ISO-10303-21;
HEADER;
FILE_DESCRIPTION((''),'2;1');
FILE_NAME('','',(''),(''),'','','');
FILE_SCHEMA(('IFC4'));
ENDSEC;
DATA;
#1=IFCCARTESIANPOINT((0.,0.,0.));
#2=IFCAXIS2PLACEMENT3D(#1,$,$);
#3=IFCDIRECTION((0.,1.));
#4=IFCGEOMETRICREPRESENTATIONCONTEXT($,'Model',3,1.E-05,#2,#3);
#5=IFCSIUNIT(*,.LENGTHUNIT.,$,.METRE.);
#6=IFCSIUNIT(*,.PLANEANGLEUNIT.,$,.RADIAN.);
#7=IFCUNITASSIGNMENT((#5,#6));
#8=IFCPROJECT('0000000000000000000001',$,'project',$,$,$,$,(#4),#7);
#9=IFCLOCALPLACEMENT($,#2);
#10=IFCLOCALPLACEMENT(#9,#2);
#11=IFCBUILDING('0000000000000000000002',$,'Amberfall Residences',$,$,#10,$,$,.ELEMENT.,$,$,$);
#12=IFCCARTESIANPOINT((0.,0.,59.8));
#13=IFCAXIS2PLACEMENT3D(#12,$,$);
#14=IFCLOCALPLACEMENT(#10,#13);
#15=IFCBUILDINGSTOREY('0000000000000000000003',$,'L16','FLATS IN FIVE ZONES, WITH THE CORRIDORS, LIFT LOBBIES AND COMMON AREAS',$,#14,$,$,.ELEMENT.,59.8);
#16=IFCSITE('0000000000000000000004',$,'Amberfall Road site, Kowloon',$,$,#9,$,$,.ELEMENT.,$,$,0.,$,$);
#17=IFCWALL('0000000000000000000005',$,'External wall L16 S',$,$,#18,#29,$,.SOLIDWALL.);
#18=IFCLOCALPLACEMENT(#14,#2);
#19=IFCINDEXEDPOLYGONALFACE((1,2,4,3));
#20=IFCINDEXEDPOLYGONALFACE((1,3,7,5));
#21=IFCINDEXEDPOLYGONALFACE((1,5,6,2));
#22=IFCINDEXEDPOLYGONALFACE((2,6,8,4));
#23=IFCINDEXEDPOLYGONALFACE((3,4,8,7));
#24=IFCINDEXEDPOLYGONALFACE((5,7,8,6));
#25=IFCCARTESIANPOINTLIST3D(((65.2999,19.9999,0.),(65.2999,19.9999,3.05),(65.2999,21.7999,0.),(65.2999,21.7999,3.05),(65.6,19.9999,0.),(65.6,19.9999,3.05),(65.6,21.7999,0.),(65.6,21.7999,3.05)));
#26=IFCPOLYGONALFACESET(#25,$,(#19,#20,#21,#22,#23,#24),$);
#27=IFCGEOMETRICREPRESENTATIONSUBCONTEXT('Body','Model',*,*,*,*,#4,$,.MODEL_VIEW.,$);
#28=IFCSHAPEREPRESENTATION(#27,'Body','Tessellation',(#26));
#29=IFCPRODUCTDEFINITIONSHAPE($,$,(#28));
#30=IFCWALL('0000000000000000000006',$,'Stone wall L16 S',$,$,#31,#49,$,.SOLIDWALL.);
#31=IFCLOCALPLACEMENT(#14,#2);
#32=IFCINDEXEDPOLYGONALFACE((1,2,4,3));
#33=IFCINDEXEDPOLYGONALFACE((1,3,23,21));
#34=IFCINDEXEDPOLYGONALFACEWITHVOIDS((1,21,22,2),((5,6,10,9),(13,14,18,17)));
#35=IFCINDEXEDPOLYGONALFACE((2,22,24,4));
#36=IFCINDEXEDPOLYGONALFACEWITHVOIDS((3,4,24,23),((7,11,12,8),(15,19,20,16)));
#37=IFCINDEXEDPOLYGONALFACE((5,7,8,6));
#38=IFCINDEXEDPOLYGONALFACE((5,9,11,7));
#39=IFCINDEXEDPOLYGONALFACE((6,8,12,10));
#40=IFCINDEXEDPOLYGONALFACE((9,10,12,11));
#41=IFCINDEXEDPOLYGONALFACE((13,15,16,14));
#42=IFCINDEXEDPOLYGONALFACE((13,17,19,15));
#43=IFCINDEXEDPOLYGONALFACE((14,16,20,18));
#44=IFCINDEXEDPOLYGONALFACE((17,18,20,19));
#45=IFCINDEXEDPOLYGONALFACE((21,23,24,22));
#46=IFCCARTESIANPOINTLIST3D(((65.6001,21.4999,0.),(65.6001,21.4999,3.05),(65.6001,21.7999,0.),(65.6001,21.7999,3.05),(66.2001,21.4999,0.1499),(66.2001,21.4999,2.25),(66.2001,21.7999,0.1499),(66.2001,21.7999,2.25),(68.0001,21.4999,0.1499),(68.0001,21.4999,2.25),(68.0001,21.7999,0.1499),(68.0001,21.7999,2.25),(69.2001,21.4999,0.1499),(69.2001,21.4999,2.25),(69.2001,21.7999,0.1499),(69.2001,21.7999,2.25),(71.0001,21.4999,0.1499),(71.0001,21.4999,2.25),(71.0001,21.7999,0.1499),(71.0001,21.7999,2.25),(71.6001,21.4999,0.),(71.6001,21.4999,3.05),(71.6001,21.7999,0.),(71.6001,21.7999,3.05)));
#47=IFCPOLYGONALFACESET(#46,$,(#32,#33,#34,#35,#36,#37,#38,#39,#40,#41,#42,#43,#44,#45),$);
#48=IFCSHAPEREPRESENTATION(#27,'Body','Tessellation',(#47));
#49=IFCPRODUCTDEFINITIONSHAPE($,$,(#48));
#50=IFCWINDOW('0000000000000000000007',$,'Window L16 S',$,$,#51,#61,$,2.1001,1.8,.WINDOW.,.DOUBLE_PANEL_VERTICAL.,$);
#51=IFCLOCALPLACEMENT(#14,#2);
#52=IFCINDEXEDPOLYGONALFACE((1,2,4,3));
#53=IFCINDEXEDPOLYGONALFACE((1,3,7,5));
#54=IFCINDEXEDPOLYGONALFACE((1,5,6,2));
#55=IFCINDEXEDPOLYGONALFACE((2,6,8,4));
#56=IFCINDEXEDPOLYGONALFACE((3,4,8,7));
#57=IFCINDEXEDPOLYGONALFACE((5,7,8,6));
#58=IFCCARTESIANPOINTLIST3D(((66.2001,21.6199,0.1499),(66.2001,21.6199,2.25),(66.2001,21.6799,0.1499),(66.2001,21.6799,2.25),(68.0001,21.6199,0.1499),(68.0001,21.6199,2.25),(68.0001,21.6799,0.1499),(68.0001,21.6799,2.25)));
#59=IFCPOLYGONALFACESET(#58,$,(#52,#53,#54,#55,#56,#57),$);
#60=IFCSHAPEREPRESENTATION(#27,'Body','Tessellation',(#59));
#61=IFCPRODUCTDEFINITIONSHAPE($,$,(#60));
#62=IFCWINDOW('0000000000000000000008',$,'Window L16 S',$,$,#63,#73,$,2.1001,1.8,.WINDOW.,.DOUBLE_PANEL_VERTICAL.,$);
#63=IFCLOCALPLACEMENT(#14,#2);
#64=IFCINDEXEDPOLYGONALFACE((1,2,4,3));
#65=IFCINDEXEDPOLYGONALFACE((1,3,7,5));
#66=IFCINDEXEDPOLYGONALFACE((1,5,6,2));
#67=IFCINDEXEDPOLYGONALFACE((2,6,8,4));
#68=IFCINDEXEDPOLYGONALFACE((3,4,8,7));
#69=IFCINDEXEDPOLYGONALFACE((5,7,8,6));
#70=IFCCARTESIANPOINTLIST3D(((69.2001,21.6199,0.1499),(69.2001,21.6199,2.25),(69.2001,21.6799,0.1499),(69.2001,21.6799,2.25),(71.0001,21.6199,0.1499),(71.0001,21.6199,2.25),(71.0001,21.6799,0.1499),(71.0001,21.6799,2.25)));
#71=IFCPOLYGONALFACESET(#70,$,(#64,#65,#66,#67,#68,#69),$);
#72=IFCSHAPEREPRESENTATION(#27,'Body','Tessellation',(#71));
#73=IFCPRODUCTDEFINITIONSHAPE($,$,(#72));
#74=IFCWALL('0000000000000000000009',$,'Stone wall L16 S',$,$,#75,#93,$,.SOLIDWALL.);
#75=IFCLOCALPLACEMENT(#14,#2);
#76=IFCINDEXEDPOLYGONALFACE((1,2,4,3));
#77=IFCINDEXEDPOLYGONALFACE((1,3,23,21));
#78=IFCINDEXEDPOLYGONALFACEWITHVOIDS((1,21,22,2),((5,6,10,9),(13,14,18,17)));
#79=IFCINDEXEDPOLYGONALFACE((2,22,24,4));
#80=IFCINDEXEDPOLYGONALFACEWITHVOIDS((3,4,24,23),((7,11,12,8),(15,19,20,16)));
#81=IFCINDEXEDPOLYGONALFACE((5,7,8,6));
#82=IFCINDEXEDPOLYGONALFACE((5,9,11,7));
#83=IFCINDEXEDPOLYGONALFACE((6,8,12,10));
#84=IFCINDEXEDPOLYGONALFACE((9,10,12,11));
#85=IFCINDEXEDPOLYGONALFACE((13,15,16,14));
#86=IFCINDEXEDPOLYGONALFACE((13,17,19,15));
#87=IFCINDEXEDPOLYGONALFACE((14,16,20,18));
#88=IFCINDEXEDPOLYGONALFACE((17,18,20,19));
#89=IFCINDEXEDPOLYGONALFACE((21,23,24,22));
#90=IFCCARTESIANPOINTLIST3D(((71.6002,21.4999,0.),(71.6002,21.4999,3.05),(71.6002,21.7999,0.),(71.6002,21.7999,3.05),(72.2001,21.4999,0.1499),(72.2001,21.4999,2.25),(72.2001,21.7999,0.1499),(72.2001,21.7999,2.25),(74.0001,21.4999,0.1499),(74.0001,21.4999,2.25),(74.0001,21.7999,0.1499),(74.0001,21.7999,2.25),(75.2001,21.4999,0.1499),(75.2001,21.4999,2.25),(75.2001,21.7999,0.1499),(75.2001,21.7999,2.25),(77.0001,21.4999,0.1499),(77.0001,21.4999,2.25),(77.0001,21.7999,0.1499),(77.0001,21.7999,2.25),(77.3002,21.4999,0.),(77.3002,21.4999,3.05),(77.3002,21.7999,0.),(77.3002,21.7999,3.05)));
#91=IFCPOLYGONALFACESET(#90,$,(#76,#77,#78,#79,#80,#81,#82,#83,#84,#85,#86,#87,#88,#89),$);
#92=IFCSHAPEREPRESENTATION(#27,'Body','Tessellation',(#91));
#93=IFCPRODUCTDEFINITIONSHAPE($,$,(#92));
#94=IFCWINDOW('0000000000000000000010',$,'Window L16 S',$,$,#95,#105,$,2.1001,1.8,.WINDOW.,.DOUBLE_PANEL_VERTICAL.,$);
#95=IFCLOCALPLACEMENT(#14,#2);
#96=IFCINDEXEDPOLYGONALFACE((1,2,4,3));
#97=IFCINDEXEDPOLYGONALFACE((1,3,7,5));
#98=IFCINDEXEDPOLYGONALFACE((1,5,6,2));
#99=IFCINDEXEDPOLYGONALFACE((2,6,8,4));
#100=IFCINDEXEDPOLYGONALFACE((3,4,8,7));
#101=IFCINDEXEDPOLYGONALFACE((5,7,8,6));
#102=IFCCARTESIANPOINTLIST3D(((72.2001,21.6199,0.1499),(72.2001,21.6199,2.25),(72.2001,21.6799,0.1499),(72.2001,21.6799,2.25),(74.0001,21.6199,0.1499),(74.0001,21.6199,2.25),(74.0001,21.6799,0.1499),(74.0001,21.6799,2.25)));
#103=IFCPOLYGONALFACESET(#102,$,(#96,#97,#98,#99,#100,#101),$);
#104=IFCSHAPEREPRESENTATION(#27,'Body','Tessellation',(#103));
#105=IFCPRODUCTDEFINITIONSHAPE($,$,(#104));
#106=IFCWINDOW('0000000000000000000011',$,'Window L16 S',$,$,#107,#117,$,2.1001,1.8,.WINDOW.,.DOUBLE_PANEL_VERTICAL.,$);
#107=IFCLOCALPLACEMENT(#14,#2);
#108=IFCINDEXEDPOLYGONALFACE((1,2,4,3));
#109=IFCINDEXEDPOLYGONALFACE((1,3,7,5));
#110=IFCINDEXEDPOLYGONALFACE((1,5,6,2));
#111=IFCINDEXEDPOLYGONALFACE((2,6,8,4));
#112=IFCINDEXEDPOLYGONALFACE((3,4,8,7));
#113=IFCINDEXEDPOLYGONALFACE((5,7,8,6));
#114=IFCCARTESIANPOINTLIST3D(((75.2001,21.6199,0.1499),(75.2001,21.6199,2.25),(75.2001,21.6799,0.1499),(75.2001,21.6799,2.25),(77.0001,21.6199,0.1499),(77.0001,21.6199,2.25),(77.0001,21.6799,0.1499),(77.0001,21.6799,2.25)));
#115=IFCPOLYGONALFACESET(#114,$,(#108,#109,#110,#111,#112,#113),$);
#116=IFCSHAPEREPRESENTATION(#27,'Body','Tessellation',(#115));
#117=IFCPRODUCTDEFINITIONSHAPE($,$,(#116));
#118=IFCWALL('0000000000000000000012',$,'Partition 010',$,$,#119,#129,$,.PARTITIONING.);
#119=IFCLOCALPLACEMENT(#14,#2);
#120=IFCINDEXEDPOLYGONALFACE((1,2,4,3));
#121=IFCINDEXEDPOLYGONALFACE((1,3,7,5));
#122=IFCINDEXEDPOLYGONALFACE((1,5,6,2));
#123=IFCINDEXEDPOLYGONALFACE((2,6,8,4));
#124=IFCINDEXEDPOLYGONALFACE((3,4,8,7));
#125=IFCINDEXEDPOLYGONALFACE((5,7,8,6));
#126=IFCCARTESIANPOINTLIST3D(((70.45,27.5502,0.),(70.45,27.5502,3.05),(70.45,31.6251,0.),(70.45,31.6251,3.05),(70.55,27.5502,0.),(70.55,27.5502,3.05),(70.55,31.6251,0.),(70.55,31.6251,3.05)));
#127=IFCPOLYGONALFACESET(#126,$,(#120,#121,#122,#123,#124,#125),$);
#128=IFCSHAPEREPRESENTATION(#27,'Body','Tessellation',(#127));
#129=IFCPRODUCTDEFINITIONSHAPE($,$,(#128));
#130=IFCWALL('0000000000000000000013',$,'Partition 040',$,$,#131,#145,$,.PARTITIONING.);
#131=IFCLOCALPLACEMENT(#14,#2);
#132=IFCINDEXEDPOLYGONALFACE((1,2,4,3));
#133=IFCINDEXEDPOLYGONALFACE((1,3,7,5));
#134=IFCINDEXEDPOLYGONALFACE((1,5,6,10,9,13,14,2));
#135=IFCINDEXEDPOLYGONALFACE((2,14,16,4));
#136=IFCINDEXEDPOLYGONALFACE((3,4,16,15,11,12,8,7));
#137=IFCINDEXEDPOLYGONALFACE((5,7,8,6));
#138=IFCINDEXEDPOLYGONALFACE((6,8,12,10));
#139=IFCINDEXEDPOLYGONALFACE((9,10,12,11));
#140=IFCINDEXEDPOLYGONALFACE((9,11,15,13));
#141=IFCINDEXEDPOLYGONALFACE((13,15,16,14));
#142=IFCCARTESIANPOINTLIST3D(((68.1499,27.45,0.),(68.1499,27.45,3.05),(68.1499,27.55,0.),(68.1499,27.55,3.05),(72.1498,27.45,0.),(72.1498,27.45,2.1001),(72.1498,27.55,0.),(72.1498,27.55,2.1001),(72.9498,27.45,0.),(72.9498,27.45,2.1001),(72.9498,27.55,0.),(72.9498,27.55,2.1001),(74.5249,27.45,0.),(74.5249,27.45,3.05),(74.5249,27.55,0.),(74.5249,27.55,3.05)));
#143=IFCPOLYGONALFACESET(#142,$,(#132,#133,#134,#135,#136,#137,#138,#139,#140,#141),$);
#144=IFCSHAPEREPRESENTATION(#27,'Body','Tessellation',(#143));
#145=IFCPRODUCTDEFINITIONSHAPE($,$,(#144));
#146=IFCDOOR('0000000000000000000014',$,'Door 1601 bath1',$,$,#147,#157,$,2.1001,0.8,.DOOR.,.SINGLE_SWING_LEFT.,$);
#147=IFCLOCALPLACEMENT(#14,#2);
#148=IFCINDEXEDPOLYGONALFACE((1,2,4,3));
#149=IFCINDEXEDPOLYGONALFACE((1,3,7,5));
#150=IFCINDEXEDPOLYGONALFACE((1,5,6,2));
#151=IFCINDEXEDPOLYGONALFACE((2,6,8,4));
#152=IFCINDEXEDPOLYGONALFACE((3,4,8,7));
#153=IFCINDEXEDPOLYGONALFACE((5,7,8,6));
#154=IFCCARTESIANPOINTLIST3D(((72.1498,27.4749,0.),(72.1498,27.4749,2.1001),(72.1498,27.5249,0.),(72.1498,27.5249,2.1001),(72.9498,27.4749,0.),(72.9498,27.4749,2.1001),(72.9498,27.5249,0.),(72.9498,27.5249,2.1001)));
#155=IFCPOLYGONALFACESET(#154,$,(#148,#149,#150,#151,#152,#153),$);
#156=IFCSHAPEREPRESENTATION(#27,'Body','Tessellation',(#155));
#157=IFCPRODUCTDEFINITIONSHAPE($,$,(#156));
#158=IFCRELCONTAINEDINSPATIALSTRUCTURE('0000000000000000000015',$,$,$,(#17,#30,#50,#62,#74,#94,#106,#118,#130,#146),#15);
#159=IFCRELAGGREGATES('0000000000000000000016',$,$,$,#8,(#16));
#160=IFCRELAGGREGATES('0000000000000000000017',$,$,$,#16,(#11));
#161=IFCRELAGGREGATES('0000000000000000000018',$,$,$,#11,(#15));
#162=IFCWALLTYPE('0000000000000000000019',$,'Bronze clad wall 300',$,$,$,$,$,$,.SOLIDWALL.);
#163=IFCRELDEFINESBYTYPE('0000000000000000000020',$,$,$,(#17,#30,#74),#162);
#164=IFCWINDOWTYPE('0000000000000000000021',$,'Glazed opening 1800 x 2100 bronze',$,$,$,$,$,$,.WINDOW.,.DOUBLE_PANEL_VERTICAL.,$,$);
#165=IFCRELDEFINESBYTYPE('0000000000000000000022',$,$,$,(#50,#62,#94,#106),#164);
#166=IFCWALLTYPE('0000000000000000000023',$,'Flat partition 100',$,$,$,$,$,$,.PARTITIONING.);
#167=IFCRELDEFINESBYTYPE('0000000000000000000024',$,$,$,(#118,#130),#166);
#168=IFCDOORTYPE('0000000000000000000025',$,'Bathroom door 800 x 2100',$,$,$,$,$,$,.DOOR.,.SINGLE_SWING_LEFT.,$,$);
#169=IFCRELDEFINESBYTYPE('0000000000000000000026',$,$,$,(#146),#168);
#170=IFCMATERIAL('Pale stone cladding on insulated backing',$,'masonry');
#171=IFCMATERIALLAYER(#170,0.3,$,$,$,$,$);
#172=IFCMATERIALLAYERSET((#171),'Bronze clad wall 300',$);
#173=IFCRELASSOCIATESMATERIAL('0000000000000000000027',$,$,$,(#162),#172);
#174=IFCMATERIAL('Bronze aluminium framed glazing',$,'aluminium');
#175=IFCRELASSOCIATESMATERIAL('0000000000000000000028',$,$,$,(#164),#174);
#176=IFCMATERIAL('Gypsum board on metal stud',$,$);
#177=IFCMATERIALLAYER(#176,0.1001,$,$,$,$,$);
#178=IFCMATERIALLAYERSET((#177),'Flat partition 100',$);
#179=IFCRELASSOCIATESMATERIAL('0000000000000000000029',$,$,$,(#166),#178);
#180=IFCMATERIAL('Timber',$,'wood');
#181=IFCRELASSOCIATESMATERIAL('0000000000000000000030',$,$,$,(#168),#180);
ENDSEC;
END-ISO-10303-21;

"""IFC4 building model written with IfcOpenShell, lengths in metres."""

from ifc_helpers import new_model, si_unit, direction, frame, frame_2d, origin, place, context, subcontext, project, spatial, rectangle, extrude, material, layer, layer_set, type_object, element, fill, save


model = new_model("IFC4")

# Units and contexts
model_context = context("Model", 3, precision=1e-05, world=origin(), true_north=direction((0.0, 1.0)))
body_context = subcontext(model_context, "Body", "Model", "MODEL_VIEW")
ifc_project = project(units=[si_unit("LENGTHUNIT", "METRE"), si_unit("PLANEANGLEUNIT", "RADIAN")], contexts=[model_context])

# Site, building, storey
site_placement = place(None, origin())
site = spatial("IfcSite", under=ifc_project, at=site_placement, Name="Amberfall Road site, Kowloon", CompositionType="ELEMENT", RefElevation=0.0)
building_placement = place(site_placement, origin())
building = spatial("IfcBuilding", under=site, at=building_placement, Name="Amberfall Residences", CompositionType="ELEMENT")
storey_placement = place(building_placement, frame((0.0, 0.0, 59.8)))
storey = spatial("IfcBuildingStorey", under=building, at=storey_placement, Name="L16", Description="FLATS IN FIVE ZONES, WITH THE CORRIDORS, LIFT LOBBIES AND COMMON AREAS", CompositionType="ELEMENT", Elevation=59.8)

# Wall
ifc_material_1 = material(Name="Pale stone cladding on insulated backing", Category="masonry")
ifc_layer_1 = layer(ifc_material_1, 0.3)
ifc_layer_set_1 = layer_set([ifc_layer_1], Name="Bronze clad wall 300")
wall_type_1 = type_object("IfcWallType", Name="Bronze clad wall 300", PredefinedType="SOLIDWALL", material=ifc_layer_set_1)
wall_1_placement = place(storey_placement, frame((65.45, 20.0, 0.0), z_axis=(0.0, 0.0, 1.0), x_axis=(0.0, 1.0, 0.0)))
element("IfcWall", 1, at=wall_1_placement, inside=storey, type_object=wall_type_1, Name="External wall L16 S", PredefinedType="SOLIDWALL", context=body_context, shape_type="SweptSolid", body=[
    extrude(rectangle(XDim=1.8, YDim=0.3, at=frame_2d((0.8999, 0.0))), origin(), (0.0, 0.0, 1.0), 3.05),
])

# Walls, openings, windows
wall_2_placement = place(storey_placement, frame((65.6001, 21.6499, 0.0), z_axis=(0.0, 0.0, 1.0), x_axis=(1.0, 0.0, 0.0)))
wall_2 = element("IfcWall", 2, at=wall_2_placement, inside=storey, type_object=wall_type_1, Name="Stone wall L16 S", PredefinedType="SOLIDWALL", context=body_context, shape_type="SweptSolid", body=[
    extrude(rectangle(XDim=6.0, YDim=0.3, at=frame_2d((3.0, 0.0))), origin(), (0.0, 0.0, 1.0), 3.05),
])
opening_1_placement = place(wall_2_placement, frame((0.6001, 0.0, 0.1499)))
opening_1 = element("IfcOpeningElement", 3, at=opening_1_placement, cuts=wall_2, PredefinedType="OPENING", context=body_context, shape_type="SweptSolid", body=[
    extrude(rectangle(XDim=1.8, YDim=2.1001, at=frame_2d((0.8999, 1.05))), frame((0.0, 0.1599, 0.0), z_axis=(0.0, -1.0, 0.0), x_axis=(1.0, 0.0, 0.0)), (0.0, 0.0, 1.0), 0.3201),
])
opening_2_placement = place(wall_2_placement, frame((3.6001, 0.0, 0.1499)))
opening_2 = element("IfcOpeningElement", 4, at=opening_2_placement, cuts=wall_2, PredefinedType="OPENING", context=body_context, shape_type="SweptSolid", body=[
    extrude(rectangle(XDim=1.8, YDim=2.1001, at=frame_2d((0.8999, 1.05))), frame((0.0, 0.1599, 0.0), z_axis=(0.0, -1.0, 0.0), x_axis=(1.0, 0.0, 0.0)), (0.0, 0.0, 1.0), 0.3201),
])
ifc_material_2 = material(Name="Bronze aluminium framed glazing", Category="aluminium")
window_type = type_object("IfcWindowType", Name="Glazed opening 1800 x 2100 bronze", PartitioningType="DOUBLE_PANEL_VERTICAL", PredefinedType="WINDOW", material=ifc_material_2)
window_1_placement = place(opening_1_placement, origin())
window_1 = element("IfcWindow", 5, at=window_1_placement, inside=storey, type_object=window_type, Name="Window L16 S", OverallHeight=2.1001, OverallWidth=1.8, PartitioningType="DOUBLE_PANEL_VERTICAL", PredefinedType="WINDOW", context=body_context, shape_type="SweptSolid", body=[
    extrude(rectangle(XDim=1.8, YDim=2.1001, at=frame_2d((0.8999, 1.05))), frame((0.0, 0.03, 0.0), z_axis=(0.0, -1.0, 0.0), x_axis=(1.0, 0.0, 0.0)), (0.0, 0.0, 1.0), 0.0601),
])
fill(opening_1, window_1)
window_2_placement = place(opening_2_placement, origin())
window_2 = element("IfcWindow", 6, at=window_2_placement, inside=storey, type_object=window_type, Name="Window L16 S", OverallHeight=2.1001, OverallWidth=1.8, PartitioningType="DOUBLE_PANEL_VERTICAL", PredefinedType="WINDOW", context=body_context, shape_type="SweptSolid", body=[
    extrude(rectangle(XDim=1.8, YDim=2.1001, at=frame_2d((0.8999, 1.05))), frame((0.0, 0.03, 0.0), z_axis=(0.0, -1.0, 0.0), x_axis=(1.0, 0.0, 0.0)), (0.0, 0.0, 1.0), 0.0601),
])
fill(opening_2, window_2)
wall_3_placement = place(storey_placement, frame((71.6001, 21.6499, 0.0), z_axis=(0.0, 0.0, 1.0), x_axis=(1.0, 0.0, 0.0)))
wall_3 = element("IfcWall", 7, at=wall_3_placement, inside=storey, type_object=wall_type_1, Name="Stone wall L16 S", PredefinedType="SOLIDWALL", context=body_context, shape_type="SweptSolid", body=[
    extrude(rectangle(XDim=5.7, YDim=0.3, at=frame_2d((2.8501, 0.0))), origin(), (0.0, 0.0, 1.0), 3.05),
])
opening_3_placement = place(wall_3_placement, frame((0.6001, 0.0, 0.1499)))
opening_3 = element("IfcOpeningElement", 8, at=opening_3_placement, cuts=wall_3, PredefinedType="OPENING", context=body_context, shape_type="SweptSolid", body=[
    extrude(rectangle(XDim=1.8, YDim=2.1001, at=frame_2d((0.8999, 1.05))), frame((0.0, 0.1599, 0.0), z_axis=(0.0, -1.0, 0.0), x_axis=(1.0, 0.0, 0.0)), (0.0, 0.0, 1.0), 0.3201),
])
opening_4_placement = place(wall_3_placement, frame((3.6001, 0.0, 0.1499)))
opening_4 = element("IfcOpeningElement", 9, at=opening_4_placement, cuts=wall_3, PredefinedType="OPENING", context=body_context, shape_type="SweptSolid", body=[
    extrude(rectangle(XDim=1.8, YDim=2.1001, at=frame_2d((0.8999, 1.05))), frame((0.0, 0.1599, 0.0), z_axis=(0.0, -1.0, 0.0), x_axis=(1.0, 0.0, 0.0)), (0.0, 0.0, 1.0), 0.3201),
])
window_3_placement = place(opening_3_placement, origin())
window_3 = element("IfcWindow", 10, at=window_3_placement, inside=storey, type_object=window_type, Name="Window L16 S", OverallHeight=2.1001, OverallWidth=1.8, PartitioningType="DOUBLE_PANEL_VERTICAL", PredefinedType="WINDOW", context=body_context, shape_type="SweptSolid", body=[
    extrude(rectangle(XDim=1.8, YDim=2.1001, at=frame_2d((0.8999, 1.05))), frame((0.0, 0.03, 0.0), z_axis=(0.0, -1.0, 0.0), x_axis=(1.0, 0.0, 0.0)), (0.0, 0.0, 1.0), 0.0601),
])
fill(opening_3, window_3)
window_4_placement = place(opening_4_placement, origin())
window_4 = element("IfcWindow", 11, at=window_4_placement, inside=storey, type_object=window_type, Name="Window L16 S", OverallHeight=2.1001, OverallWidth=1.8, PartitioningType="DOUBLE_PANEL_VERTICAL", PredefinedType="WINDOW", context=body_context, shape_type="SweptSolid", body=[
    extrude(rectangle(XDim=1.8, YDim=2.1001, at=frame_2d((0.8999, 1.05))), frame((0.0, 0.03, 0.0), z_axis=(0.0, -1.0, 0.0), x_axis=(1.0, 0.0, 0.0)), (0.0, 0.0, 1.0), 0.0601),
])
fill(opening_4, window_4)

# Wall
ifc_material_3 = material(Name="Gypsum board on metal stud")
ifc_layer_2 = layer(ifc_material_3, 0.1001)
ifc_layer_set_2 = layer_set([ifc_layer_2], Name="Flat partition 100")
wall_type_2 = type_object("IfcWallType", Name="Flat partition 100", PredefinedType="PARTITIONING", material=ifc_layer_set_2)
wall_4_placement = place(storey_placement, frame((70.5, 27.55, 0.0), z_axis=(0.0, 0.0, 1.0), x_axis=(0.0, 1.0, 0.0)))
element("IfcWall", 12, at=wall_4_placement, inside=storey, type_object=wall_type_2, Name="Partition 010", PredefinedType="PARTITIONING", context=body_context, shape_type="SweptSolid", body=[
    extrude(rectangle(XDim=4.075, YDim=0.1001, at=frame_2d((2.0376, 0.0))), origin(), (0.0, 0.0, 1.0), 3.05),
])

# Wall, opening, door
wall_5_placement = place(storey_placement, frame((68.1499, 27.5, 0.0), z_axis=(0.0, 0.0, 1.0), x_axis=(1.0, 0.0, 0.0)))
wall_5 = element("IfcWall", 13, at=wall_5_placement, inside=storey, type_object=wall_type_2, Name="Partition 040", PredefinedType="PARTITIONING", context=body_context, shape_type="SweptSolid", body=[
    extrude(rectangle(XDim=6.375, YDim=0.1001, at=frame_2d((3.1875, 0.0))), origin(), (0.0, 0.0, 1.0), 3.05),
])
opening_5_placement = place(wall_5_placement, frame((4.0, 0.0, 0.0)))
opening_5 = element("IfcOpeningElement", 14, at=opening_5_placement, cuts=wall_5, PredefinedType="OPENING", context=body_context, shape_type="SweptSolid", body=[
    extrude(rectangle(XDim=0.8, YDim=2.1001, at=frame_2d((0.3999, 1.05))), frame((0.0, 0.0601, 0.0), z_axis=(0.0, -1.0, 0.0), x_axis=(1.0, 0.0, 0.0)), (0.0, 0.0, 1.0), 0.1201),
])
ifc_material_4 = material(Name="Timber", Category="wood")
door_type = type_object("IfcDoorType", Name="Bathroom door 800 x 2100", OperationType="SINGLE_SWING_LEFT", PredefinedType="DOOR", material=ifc_material_4)
door_placement = place(opening_5_placement, origin())
door = element("IfcDoor", 15, at=door_placement, inside=storey, type_object=door_type, Name="Door 1601 bath1", OperationType="SINGLE_SWING_LEFT", OverallHeight=2.1001, OverallWidth=0.8, PredefinedType="DOOR", context=body_context, shape_type="SweptSolid", body=[
    extrude(rectangle(XDim=0.8, YDim=2.1001, at=frame_2d((0.3999, 1.05))), frame((0.0, 0.0249, 0.0), z_axis=(0.0, -1.0, 0.0), x_axis=(1.0, 0.0, 0.0)), (0.0, 0.0, 1.0), 0.05),
])
fill(opening_5, door)

save(model, "model.ifc")
